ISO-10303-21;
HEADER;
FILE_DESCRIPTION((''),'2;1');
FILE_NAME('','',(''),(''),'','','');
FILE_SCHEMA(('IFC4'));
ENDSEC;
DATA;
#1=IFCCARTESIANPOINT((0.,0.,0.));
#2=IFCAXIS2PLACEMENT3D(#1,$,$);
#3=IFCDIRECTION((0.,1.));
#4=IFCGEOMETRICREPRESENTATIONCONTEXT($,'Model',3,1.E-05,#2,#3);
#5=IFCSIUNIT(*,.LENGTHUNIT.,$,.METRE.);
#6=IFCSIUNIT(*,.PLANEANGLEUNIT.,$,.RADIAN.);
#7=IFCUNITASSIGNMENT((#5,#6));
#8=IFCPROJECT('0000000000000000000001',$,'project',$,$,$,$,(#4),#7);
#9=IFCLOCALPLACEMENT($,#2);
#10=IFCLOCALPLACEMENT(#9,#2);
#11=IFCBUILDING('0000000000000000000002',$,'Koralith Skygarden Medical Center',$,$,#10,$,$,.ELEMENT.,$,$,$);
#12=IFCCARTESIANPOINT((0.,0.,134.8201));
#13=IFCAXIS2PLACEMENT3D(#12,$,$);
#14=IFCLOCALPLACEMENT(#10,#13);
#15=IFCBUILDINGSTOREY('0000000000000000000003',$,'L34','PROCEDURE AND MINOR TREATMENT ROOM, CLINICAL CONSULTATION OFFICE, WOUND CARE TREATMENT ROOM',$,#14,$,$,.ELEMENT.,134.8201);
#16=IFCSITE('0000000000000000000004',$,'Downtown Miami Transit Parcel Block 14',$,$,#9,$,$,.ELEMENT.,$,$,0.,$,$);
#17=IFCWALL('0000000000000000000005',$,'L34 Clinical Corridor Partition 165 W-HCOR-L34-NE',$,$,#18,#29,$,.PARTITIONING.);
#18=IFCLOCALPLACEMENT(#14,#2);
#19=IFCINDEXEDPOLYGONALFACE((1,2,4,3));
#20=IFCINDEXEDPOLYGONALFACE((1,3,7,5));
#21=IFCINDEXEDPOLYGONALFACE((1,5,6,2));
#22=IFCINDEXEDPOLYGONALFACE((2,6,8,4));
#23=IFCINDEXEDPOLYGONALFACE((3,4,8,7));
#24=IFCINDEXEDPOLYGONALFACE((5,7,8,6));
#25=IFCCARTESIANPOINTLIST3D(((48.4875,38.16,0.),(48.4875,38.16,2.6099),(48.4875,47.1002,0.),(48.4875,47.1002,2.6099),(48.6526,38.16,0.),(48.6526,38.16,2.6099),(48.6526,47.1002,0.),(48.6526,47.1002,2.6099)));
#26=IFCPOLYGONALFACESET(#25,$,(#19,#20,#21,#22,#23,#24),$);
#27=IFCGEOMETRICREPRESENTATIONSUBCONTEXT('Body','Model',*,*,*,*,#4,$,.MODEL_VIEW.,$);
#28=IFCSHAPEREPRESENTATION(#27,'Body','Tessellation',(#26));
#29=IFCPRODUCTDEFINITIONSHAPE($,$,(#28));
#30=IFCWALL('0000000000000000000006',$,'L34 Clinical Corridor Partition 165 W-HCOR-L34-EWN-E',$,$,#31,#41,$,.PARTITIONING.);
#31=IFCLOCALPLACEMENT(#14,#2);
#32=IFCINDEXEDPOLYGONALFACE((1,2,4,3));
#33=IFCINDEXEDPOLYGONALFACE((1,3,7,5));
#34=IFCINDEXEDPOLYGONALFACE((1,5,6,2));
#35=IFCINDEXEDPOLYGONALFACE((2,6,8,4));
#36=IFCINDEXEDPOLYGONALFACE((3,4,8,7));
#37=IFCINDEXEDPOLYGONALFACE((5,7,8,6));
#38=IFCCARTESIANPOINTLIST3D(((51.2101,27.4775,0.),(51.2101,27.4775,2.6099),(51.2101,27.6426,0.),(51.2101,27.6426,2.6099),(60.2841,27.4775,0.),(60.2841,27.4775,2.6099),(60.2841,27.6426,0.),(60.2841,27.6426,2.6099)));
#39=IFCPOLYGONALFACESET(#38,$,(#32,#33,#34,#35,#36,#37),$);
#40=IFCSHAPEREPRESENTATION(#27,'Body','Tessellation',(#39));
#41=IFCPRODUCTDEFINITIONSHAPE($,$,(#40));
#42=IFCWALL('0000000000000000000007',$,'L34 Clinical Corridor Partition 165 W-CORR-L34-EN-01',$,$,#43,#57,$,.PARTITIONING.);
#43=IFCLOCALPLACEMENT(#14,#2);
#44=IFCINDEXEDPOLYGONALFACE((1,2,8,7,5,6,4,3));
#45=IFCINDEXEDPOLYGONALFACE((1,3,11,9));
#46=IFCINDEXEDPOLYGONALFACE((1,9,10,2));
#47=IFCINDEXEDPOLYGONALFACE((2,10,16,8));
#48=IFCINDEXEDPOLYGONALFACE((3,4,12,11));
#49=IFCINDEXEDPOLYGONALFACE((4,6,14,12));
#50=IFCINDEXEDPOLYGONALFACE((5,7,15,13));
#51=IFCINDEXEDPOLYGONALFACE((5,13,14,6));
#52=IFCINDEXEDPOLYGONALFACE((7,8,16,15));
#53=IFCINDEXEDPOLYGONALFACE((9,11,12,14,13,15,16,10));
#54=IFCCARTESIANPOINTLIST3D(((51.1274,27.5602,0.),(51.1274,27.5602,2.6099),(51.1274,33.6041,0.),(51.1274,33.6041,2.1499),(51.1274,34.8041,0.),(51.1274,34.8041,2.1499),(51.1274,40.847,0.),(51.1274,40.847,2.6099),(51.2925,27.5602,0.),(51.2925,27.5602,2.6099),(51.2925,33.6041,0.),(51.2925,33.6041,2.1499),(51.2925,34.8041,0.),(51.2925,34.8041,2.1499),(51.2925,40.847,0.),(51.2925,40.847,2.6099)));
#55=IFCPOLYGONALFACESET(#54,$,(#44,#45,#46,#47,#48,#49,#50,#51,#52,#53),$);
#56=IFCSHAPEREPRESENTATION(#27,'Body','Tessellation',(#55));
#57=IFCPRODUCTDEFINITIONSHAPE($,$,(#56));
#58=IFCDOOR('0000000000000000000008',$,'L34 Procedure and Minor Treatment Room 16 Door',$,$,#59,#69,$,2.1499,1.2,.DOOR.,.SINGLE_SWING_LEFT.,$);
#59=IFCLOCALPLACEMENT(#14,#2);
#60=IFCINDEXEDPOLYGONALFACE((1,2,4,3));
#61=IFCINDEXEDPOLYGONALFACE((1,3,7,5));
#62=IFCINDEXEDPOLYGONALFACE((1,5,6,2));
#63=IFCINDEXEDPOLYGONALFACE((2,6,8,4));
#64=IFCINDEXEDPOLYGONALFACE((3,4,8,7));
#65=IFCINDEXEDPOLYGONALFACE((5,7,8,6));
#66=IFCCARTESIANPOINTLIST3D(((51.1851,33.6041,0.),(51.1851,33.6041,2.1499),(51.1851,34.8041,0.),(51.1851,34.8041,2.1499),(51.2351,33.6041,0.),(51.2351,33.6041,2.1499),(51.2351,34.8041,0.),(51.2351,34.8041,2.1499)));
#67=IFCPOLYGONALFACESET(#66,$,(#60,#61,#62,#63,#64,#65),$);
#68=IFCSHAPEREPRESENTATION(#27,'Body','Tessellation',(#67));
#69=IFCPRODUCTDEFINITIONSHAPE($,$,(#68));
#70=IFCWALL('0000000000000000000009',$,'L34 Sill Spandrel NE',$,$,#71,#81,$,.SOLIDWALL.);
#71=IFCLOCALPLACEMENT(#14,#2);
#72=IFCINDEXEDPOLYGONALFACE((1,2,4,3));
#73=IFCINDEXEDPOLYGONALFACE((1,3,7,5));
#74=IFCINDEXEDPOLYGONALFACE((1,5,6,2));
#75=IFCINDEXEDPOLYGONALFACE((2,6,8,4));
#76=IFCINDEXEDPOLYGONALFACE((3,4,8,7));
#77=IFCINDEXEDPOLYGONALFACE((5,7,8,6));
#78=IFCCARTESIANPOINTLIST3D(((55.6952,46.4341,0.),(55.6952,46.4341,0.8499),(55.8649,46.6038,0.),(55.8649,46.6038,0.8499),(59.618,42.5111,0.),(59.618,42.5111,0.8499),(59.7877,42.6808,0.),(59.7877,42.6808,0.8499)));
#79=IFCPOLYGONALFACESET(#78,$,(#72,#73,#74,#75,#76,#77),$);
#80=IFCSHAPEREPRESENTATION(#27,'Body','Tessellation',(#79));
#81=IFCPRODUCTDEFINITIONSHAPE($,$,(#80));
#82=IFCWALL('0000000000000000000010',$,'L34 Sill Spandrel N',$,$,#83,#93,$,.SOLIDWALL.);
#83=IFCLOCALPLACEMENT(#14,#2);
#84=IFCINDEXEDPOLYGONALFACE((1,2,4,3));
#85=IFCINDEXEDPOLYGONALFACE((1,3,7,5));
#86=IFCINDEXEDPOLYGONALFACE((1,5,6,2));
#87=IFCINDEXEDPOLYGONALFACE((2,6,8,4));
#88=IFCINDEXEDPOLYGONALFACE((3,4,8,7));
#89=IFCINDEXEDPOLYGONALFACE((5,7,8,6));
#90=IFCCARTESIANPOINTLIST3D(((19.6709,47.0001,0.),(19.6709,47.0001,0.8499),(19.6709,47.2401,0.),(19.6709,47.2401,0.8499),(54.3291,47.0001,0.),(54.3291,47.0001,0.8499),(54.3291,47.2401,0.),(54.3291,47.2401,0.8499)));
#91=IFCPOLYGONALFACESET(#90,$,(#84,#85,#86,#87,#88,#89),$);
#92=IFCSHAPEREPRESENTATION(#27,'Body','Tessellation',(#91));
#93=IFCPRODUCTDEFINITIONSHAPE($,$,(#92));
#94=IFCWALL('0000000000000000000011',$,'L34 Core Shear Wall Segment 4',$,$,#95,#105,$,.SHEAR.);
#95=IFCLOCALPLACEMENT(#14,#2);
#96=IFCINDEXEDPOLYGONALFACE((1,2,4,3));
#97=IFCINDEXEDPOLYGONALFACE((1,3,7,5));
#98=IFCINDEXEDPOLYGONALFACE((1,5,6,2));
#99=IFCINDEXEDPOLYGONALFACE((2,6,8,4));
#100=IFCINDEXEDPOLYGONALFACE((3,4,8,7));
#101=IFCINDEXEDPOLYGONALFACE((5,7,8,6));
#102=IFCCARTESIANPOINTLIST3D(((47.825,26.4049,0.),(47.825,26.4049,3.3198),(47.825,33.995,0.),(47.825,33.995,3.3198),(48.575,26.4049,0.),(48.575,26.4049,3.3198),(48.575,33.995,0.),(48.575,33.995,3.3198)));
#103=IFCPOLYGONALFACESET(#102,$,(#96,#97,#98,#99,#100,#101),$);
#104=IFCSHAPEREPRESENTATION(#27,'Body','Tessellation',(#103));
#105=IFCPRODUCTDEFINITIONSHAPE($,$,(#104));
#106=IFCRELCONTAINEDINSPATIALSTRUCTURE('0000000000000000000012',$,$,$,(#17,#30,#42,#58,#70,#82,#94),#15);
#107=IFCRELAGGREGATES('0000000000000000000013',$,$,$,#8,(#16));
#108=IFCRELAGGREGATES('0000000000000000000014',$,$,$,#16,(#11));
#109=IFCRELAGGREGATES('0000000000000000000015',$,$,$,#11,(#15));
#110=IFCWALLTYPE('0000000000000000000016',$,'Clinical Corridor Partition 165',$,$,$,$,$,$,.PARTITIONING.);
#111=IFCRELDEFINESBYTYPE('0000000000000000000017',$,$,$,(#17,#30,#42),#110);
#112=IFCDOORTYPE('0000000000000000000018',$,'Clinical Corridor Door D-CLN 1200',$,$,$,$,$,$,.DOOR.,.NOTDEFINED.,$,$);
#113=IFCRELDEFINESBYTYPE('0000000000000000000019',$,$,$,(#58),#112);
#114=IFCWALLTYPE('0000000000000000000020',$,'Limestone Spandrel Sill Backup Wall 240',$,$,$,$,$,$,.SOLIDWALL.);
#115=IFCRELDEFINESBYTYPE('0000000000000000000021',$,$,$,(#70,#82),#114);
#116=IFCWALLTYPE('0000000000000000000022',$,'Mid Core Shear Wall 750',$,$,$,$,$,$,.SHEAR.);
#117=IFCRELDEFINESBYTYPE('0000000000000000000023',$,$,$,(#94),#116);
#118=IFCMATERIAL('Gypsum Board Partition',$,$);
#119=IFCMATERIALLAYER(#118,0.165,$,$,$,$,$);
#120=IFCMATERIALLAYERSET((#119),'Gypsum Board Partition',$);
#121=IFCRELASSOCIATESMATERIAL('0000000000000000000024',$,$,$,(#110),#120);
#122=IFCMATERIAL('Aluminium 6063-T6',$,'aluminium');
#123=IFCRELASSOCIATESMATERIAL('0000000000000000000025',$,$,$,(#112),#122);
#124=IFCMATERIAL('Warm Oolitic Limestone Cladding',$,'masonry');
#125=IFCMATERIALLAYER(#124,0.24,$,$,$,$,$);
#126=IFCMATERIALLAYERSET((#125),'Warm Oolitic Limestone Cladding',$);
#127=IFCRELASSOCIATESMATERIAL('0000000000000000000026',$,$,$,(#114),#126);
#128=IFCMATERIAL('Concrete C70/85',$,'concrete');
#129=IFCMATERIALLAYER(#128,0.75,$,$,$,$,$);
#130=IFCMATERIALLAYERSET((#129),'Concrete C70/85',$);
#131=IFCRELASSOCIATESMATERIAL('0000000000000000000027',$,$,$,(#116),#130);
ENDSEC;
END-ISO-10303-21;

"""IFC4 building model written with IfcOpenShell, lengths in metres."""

from ifc_helpers import new_model, si_unit, direction, frame, frame_2d, origin, place, context, subcontext, project, spatial, rectangle, extrude, material, layer, layer_set, type_object, element, fill, save


model = new_model("IFC4")

# Units and contexts
model_context = context("Model", 3, precision=1e-05, world=origin(), true_north=direction((0.0, 1.0)))
body_context = subcontext(model_context, "Body", "Model", "MODEL_VIEW")
ifc_project = project(units=[si_unit("LENGTHUNIT", "METRE"), si_unit("PLANEANGLEUNIT", "RADIAN")], contexts=[model_context])

# Site, building, storey
site_placement = place(None, origin())
site = spatial("IfcSite", under=ifc_project, at=site_placement, Name="Downtown Miami Transit Parcel Block 14", CompositionType="ELEMENT", RefElevation=0.0)
building_placement = place(site_placement, origin())
building = spatial("IfcBuilding", under=site, at=building_placement, Name="Koralith Skygarden Medical Center", CompositionType="ELEMENT")
storey_placement = place(building_placement, frame((0.0, 0.0, 134.8201)))
storey = spatial("IfcBuildingStorey", under=building, at=storey_placement, Name="L34", Description="PROCEDURE AND MINOR TREATMENT ROOM, CLINICAL CONSULTATION OFFICE, WOUND CARE TREATMENT ROOM", CompositionType="ELEMENT", Elevation=134.8201)

# Shared definitions
ifc_material_1 = material(Name="Concrete C70/85", Category="concrete")

# Shared definitions
ifc_material_2 = material(Name="Aluminium 6063-T6", Category="aluminium")

# Shared definitions
ifc_material_3 = material(Name="Warm Oolitic Limestone Cladding", Category="masonry")

# Walls
ifc_material_4 = material(Name="Gypsum Board Partition")
ifc_layer_1 = layer(ifc_material_4, 0.165)
ifc_layer_set_1 = layer_set([ifc_layer_1], Name="Gypsum Board Partition")
wall_type_1 = type_object("IfcWallType", Name="Clinical Corridor Partition 165", PredefinedType="PARTITIONING", material=ifc_layer_set_1)
wall_1_placement = place(storey_placement, frame((48.5701, 38.1599, 0.0), z_axis=(0.0, 0.0, 1.0), x_axis=(0.0, 1.0, 0.0)))
element("IfcWall", 1, at=wall_1_placement, inside=storey, type_object=wall_type_1, Name="L34 Clinical Corridor Partition 165 W-HCOR-L34-NE", PredefinedType="PARTITIONING", context=body_context, shape_type="SweptSolid", body=[
    extrude(rectangle(XDim=8.9402, YDim=0.165, at=frame_2d((4.4702, 0.0))), origin(), (0.0, 0.0, 1.0), 2.6099),
])
wall_2_placement = place(storey_placement, frame((51.21, 27.5601, 0.0), z_axis=(0.0, 0.0, 1.0), x_axis=(1.0, 0.0, 0.0)))
element("IfcWall", 2, at=wall_2_placement, inside=storey, type_object=wall_type_1, Name="L34 Clinical Corridor Partition 165 W-HCOR-L34-EWN-E", PredefinedType="PARTITIONING", context=body_context, shape_type="SweptSolid", body=[
    extrude(rectangle(XDim=9.074, YDim=0.165, at=frame_2d((4.5371, 0.0))), origin(), (0.0, 0.0, 1.0), 2.6099),
])

# Wall, opening, door
wall_3_placement = place(storey_placement, frame((51.21, 27.5601, 0.0), z_axis=(0.0, 0.0, 1.0), x_axis=(0.0, 1.0, 0.0)))
wall_3 = element("IfcWall", 3, at=wall_3_placement, inside=storey, type_object=wall_type_1, Name="L34 Clinical Corridor Partition 165 W-CORR-L34-EN-01", PredefinedType="PARTITIONING", context=body_context, shape_type="SweptSolid", body=[
    extrude(rectangle(XDim=13.2869, YDim=0.165, at=frame_2d((6.6436, 0.0))), origin(), (0.0, 0.0, 1.0), 2.6099),
])
opening_1_placement = place(wall_3_placement, frame((6.0439, 0.0, 0.0)))
opening_1 = element("IfcOpeningElement", 4, at=opening_1_placement, cuts=wall_3, PredefinedType="OPENING", context=body_context, shape_type="SweptSolid", body=[
    extrude(rectangle(XDim=1.2, YDim=2.1499, at=frame_2d((0.6001, 1.075))), frame((0.0, 0.0925, 0.0), z_axis=(0.0, -1.0, 0.0), x_axis=(1.0, 0.0, 0.0)), (0.0, 0.0, 1.0), 0.1851),
])
door_type = type_object("IfcDoorType", Name="Clinical Corridor Door D-CLN 1200", OperationType="NOTDEFINED", PredefinedType="DOOR", material=ifc_material_2)
door_1_placement = place(opening_1_placement, origin())
door_1 = element("IfcDoor", 5, at=door_1_placement, inside=storey, type_object=door_type, Name="L34 Procedure and Minor Treatment Room 16 Door", OperationType="SINGLE_SWING_LEFT", OverallHeight=2.1499, OverallWidth=1.2, PredefinedType="DOOR", context=body_context, shape_type="SweptSolid", body=[
    extrude(rectangle(XDim=1.2, YDim=2.1499, at=frame_2d((0.6001, 1.075))), frame((0.0, 0.0249, 0.0), z_axis=(0.0, -1.0, 0.0), x_axis=(1.0, 0.0, 0.0)), (0.0, 0.0, 1.0), 0.05),
])
fill(opening_1, door_1)

# Walls
ifc_layer_2 = layer(ifc_material_3, 0.24)
ifc_layer_set_2 = layer_set([ifc_layer_2], Name="Warm Oolitic Limestone Cladding")
wall_type_2 = type_object("IfcWallType", Name="Limestone Spandrel Sill Backup Wall 240", PredefinedType="SOLIDWALL", material=ifc_layer_set_2)
wall_4_placement = place(storey_placement, frame((59.7029, 42.5959, 0.0), z_axis=(0.0, 0.0, 1.0), x_axis=(-0.707085, 0.707129, 0.0)))
element("IfcWall", 6, at=wall_4_placement, inside=storey, type_object=wall_type_2, Name="L34 Sill Spandrel NE", PredefinedType="SOLIDWALL", context=body_context, shape_type="SweptSolid", body=[
    extrude(rectangle(XDim=5.5479, YDim=0.24, at=frame_2d((2.7739, 0.0))), origin(), (0.0, 0.0, 1.0), 0.8499),
])
wall_5_placement = place(storey_placement, frame((54.3291, 47.1201, 0.0), z_axis=(0.0, 0.0, 1.0), x_axis=(-1.0, 0.0, 0.0)))
element("IfcWall", 7, at=wall_5_placement, inside=storey, type_object=wall_type_2, Name="L34 Sill Spandrel N", PredefinedType="SOLIDWALL", context=body_context, shape_type="SweptSolid", body=[
    extrude(rectangle(XDim=34.6582, YDim=0.24, at=frame_2d((17.3291, 0.0))), origin(), (0.0, 0.0, 1.0), 0.8499),
])
ifc_layer_3 = layer(ifc_material_1, 0.75)
ifc_layer_set_3 = layer_set([ifc_layer_3], Name="Concrete C70/85")
wall_type_3 = type_object("IfcWallType", Name="Mid Core Shear Wall 750", PredefinedType="SHEAR", material=ifc_layer_set_3)
wall_6_placement = place(storey_placement, frame((48.2, 26.405, 0.0), z_axis=(0.0, 0.0, 1.0), x_axis=(0.0, 1.0, 0.0)))
element("IfcWall", 8, at=wall_6_placement, inside=storey, type_object=wall_type_3, Name="L34 Core Shear Wall Segment 4", PredefinedType="SHEAR", context=body_context, shape_type="SweptSolid", body=[
    extrude(rectangle(XDim=7.5901, YDim=0.75, at=frame_2d((3.7949, 0.0))), origin(), (0.0, 0.0, 1.0), 3.3198),
])

save(model, "model.ifc")
